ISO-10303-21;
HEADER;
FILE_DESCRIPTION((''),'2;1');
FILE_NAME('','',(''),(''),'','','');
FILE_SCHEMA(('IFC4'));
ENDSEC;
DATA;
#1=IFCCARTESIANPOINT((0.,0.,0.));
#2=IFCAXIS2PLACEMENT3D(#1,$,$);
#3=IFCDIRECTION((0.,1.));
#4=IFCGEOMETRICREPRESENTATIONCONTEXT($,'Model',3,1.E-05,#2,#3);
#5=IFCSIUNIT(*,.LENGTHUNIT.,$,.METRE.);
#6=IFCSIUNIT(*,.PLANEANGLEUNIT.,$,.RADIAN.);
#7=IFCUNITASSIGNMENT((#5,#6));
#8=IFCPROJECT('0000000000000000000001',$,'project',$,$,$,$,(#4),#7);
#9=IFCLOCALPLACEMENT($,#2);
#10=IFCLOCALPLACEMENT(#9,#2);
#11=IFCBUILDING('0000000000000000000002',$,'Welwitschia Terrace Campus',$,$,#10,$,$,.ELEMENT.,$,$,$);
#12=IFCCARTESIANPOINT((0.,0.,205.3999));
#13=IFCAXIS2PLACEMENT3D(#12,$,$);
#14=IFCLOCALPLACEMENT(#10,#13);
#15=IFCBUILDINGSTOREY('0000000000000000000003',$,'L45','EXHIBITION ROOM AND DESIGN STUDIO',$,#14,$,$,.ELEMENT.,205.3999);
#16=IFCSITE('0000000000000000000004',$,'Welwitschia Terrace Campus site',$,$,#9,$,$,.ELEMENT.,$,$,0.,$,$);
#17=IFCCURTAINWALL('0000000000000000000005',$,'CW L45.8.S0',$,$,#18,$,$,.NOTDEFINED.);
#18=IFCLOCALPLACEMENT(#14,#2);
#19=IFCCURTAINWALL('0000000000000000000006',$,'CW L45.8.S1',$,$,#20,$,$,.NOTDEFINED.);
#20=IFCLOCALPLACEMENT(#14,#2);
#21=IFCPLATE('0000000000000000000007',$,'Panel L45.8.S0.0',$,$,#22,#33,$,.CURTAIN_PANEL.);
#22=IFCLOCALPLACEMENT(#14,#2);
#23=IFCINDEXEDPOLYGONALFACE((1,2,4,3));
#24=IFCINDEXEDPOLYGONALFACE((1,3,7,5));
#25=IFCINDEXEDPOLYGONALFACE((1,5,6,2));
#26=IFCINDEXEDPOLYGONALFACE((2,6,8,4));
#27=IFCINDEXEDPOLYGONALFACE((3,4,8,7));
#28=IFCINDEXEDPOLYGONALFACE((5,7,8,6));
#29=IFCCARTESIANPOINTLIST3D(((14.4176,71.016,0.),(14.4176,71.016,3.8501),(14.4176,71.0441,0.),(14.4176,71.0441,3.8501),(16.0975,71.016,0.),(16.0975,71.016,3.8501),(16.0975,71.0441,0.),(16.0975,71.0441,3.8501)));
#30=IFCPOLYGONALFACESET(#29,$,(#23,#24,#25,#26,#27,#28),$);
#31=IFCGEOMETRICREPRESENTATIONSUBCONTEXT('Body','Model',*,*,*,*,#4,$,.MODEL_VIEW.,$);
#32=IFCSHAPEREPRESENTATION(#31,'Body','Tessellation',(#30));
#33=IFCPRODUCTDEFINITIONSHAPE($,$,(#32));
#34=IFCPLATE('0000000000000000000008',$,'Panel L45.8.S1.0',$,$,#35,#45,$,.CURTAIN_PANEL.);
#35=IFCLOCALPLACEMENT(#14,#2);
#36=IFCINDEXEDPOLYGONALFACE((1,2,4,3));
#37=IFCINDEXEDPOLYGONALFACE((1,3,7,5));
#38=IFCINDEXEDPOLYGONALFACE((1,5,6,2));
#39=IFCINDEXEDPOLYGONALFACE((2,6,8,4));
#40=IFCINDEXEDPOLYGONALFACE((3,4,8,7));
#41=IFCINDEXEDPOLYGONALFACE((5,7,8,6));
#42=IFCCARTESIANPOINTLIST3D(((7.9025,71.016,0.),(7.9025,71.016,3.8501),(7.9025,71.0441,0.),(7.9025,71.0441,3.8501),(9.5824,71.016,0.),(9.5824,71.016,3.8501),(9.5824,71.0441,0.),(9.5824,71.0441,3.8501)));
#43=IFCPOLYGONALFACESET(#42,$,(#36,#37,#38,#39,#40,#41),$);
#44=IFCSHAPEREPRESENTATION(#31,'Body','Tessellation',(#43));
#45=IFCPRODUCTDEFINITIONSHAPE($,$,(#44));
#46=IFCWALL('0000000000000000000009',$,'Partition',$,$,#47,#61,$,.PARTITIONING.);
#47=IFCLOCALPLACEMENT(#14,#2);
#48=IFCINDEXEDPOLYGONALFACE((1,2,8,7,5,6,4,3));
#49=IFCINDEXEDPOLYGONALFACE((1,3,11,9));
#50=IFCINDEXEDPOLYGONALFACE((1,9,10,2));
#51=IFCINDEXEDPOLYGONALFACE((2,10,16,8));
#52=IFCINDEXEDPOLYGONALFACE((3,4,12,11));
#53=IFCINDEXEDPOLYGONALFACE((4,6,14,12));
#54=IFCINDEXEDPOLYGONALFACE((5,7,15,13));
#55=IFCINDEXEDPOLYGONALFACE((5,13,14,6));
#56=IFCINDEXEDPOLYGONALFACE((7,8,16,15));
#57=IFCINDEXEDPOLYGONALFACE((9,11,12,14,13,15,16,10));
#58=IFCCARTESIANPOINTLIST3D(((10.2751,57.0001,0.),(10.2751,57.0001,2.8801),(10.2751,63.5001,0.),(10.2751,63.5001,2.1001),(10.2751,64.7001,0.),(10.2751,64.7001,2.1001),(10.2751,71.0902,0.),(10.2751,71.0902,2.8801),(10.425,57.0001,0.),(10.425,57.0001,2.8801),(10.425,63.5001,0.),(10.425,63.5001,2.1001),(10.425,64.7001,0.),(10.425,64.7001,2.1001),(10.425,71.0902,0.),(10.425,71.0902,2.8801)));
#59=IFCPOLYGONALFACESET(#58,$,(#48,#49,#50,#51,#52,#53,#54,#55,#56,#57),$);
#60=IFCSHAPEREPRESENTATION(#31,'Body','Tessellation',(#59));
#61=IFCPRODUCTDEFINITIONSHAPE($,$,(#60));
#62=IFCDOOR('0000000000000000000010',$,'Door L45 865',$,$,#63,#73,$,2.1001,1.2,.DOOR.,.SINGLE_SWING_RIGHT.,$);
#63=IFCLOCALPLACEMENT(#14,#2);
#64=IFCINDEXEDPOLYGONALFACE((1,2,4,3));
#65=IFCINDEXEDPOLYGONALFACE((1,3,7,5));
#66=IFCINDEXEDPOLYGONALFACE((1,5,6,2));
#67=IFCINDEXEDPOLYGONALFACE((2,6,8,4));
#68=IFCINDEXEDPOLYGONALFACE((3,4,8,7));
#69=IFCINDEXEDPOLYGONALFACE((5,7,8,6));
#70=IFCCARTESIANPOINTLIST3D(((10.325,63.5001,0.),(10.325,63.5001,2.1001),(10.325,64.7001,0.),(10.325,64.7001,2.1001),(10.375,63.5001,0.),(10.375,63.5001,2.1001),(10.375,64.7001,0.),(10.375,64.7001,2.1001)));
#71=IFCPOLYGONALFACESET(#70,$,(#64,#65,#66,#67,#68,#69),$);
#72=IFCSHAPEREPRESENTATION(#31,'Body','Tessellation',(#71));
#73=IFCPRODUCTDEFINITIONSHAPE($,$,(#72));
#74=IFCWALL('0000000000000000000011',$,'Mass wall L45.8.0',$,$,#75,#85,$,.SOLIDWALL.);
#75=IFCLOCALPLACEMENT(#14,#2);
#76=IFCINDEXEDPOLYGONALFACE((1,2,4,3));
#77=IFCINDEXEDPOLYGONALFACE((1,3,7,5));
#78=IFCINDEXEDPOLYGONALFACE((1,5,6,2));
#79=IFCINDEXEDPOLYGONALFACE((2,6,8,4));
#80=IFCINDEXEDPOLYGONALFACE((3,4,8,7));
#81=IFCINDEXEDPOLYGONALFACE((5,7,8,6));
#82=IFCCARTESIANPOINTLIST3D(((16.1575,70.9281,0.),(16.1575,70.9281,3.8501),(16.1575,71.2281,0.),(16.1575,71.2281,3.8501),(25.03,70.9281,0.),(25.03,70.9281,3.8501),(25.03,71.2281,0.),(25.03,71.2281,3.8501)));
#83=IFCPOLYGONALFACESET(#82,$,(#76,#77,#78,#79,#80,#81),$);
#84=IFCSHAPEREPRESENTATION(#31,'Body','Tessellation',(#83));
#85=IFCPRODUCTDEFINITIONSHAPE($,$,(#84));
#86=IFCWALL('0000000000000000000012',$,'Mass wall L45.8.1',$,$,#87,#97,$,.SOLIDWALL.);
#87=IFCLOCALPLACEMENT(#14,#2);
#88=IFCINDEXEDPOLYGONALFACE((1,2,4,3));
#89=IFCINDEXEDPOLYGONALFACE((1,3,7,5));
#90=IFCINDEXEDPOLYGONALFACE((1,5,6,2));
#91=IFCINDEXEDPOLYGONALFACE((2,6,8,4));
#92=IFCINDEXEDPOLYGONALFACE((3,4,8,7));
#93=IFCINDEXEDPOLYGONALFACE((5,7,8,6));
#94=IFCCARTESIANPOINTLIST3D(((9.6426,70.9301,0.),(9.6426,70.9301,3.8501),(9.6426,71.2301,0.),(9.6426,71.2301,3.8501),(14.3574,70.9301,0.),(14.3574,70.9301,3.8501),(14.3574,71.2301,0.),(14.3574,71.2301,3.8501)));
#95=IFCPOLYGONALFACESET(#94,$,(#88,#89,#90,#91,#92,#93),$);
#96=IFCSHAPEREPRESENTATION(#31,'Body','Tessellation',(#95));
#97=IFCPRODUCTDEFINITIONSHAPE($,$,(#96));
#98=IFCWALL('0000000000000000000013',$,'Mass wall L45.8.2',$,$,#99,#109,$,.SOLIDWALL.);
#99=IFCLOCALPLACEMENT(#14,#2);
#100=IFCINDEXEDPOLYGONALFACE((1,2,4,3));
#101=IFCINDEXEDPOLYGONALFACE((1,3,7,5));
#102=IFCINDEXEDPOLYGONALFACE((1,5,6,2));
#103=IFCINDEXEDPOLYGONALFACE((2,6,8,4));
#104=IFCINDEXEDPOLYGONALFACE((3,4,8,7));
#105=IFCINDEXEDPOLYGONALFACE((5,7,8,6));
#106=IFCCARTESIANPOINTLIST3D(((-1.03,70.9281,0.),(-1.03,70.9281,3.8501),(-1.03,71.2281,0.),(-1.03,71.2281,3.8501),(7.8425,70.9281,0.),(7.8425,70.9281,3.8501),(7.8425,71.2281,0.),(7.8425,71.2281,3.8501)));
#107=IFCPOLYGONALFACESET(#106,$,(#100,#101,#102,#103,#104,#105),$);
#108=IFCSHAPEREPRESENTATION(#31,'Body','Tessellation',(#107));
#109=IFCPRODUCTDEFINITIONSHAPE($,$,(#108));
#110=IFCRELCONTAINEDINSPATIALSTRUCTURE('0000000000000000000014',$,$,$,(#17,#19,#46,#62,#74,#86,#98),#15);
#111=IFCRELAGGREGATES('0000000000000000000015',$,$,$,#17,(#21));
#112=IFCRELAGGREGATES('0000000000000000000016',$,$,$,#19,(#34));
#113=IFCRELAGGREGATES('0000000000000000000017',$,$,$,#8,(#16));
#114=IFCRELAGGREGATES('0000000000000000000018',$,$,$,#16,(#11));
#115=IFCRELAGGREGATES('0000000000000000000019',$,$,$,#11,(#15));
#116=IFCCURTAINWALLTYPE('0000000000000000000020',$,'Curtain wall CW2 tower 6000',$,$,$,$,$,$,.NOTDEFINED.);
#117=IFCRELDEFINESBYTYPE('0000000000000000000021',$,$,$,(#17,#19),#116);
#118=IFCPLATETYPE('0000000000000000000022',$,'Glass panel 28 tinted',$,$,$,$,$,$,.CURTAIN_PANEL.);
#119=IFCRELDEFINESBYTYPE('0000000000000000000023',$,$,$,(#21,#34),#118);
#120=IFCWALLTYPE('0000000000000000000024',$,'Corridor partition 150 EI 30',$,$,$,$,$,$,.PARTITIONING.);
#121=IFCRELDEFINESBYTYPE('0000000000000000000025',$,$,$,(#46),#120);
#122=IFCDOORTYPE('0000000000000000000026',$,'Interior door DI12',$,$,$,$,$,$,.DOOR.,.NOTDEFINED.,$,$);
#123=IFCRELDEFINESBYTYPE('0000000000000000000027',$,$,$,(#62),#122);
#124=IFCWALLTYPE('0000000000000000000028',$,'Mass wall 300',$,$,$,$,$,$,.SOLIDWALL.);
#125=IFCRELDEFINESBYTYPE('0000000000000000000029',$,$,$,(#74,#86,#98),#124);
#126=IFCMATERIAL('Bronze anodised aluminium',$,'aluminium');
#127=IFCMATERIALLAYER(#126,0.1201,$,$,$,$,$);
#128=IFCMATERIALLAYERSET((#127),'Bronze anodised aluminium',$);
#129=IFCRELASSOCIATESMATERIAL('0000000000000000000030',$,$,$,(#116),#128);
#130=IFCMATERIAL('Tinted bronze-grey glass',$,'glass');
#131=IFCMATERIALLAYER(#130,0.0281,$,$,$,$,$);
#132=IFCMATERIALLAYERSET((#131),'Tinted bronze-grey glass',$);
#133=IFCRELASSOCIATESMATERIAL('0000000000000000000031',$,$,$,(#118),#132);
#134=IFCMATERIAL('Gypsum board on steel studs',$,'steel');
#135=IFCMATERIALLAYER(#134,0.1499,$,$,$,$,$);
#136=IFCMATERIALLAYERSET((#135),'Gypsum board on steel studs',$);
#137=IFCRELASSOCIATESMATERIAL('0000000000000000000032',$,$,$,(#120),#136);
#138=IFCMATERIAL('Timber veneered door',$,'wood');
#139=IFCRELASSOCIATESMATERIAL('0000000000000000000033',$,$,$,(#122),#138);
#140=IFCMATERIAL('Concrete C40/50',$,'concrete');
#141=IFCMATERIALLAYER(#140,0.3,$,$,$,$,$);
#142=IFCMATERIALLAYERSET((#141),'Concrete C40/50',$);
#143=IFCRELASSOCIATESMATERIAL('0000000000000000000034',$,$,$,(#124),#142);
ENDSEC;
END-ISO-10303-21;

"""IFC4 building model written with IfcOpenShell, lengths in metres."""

from ifc_helpers import new_model, si_unit, direction, frame, frame_2d, origin, origin_2d, place, context, subcontext, project, spatial, rectangle, extrude, material, layer, layer_set, type_object, element, fill, aggregate, save


model = new_model("IFC4")

# Units and contexts
model_context = context("Model", 3, precision=1e-05, world=origin(), true_north=direction((0.0, 1.0)))
body_context = subcontext(model_context, "Body", "Model", "MODEL_VIEW")
ifc_project = project(units=[si_unit("LENGTHUNIT", "METRE"), si_unit("PLANEANGLEUNIT", "RADIAN")], contexts=[model_context])

# Site, building, storey
site_placement = place(None, origin())
site = spatial("IfcSite", under=ifc_project, at=site_placement, Name="Welwitschia Terrace Campus site", CompositionType="ELEMENT", RefElevation=0.0)
building_placement = place(site_placement, origin())
building = spatial("IfcBuilding", under=site, at=building_placement, Name="Welwitschia Terrace Campus", CompositionType="ELEMENT")
storey_placement = place(building_placement, frame((0.0, 0.0, 205.3999)))
storey = spatial("IfcBuildingStorey", under=building, at=storey_placement, Name="L45", Description="EXHIBITION ROOM AND DESIGN STUDIO", CompositionType="ELEMENT", Elevation=205.3999)

# Shared definitions
ifc_material_1 = material(Name="Bronze anodised aluminium", Category="aluminium")
ifc_layer_1 = layer(ifc_material_1, 0.1201)
ifc_layer_set_1 = layer_set([ifc_layer_1], Name="Bronze anodised aluminium")
curtain_wall_type = type_object("IfcCurtainWallType", Name="Curtain wall CW2 tower 6000", PredefinedType="NOTDEFINED", material=ifc_layer_set_1)

# Curtain walls
curtain_wall_1_placement = place(storey_placement, origin())
curtain_wall_1 = element("IfcCurtainWall", 1, at=curtain_wall_1_placement, inside=storey, type_object=curtain_wall_type, Name="CW L45.8.S0", PredefinedType="NOTDEFINED")
curtain_wall_2_placement = place(storey_placement, origin())
curtain_wall_2 = element("IfcCurtainWall", 2, at=curtain_wall_2_placement, inside=storey, type_object=curtain_wall_type, Name="CW L45.8.S1", PredefinedType="NOTDEFINED")

# Plates
ifc_material_2 = material(Name="Tinted bronze-grey glass", Category="glass")
ifc_layer_2 = layer(ifc_material_2, 0.0281)
ifc_layer_set_2 = layer_set([ifc_layer_2], Name="Tinted bronze-grey glass")
plate_type = type_object("IfcPlateType", Name="Glass panel 28 tinted", PredefinedType="CURTAIN_PANEL", material=ifc_layer_set_2)
plate_1_placement = place(storey_placement, frame((15.2576, 71.03, 0.0), z_axis=(0.0, 0.0, 1.0), x_axis=(-1.0, 0.0, 0.0)))
plate_1 = element("IfcPlate", 3, at=plate_1_placement, type_object=plate_type, Name="Panel L45.8.S0.0", PredefinedType="CURTAIN_PANEL", context=body_context, shape_type="SweptSolid", body=[
    extrude(rectangle(XDim=1.6799, YDim=0.0281, at=origin_2d()), origin(), (0.0, 0.0, 1.0), 3.8501),
])
aggregate(curtain_wall_1, [plate_1])
plate_2_placement = place(storey_placement, frame((8.7424, 71.03, 0.0), z_axis=(0.0, 0.0, 1.0), x_axis=(-1.0, 0.0, 0.0)))
plate_2 = element("IfcPlate", 4, at=plate_2_placement, type_object=plate_type, Name="Panel L45.8.S1.0", PredefinedType="CURTAIN_PANEL", context=body_context, shape_type="SweptSolid", body=[
    extrude(rectangle(XDim=1.6799, YDim=0.0281, at=origin_2d()), origin(), (0.0, 0.0, 1.0), 3.8501),
])
aggregate(curtain_wall_2, [plate_2])

# Wall, opening, door
ifc_material_3 = material(Name="Gypsum board on steel studs", Category="steel")
ifc_layer_3 = layer(ifc_material_3, 0.1499)
ifc_layer_set_3 = layer_set([ifc_layer_3], Name="Gypsum board on steel studs")
wall_type_1 = type_object("IfcWallType", Name="Corridor partition 150 EI 30", PredefinedType="PARTITIONING", material=ifc_layer_set_3)
wall_1_placement = place(storey_placement, frame((10.3501, 71.0901, 0.0), z_axis=(0.0, 0.0, 1.0), x_axis=(0.0, -1.0, 0.0)))
wall_1 = element("IfcWall", 5, at=wall_1_placement, inside=storey, type_object=wall_type_1, Name="Partition", PredefinedType="PARTITIONING", context=body_context, shape_type="SweptSolid", body=[
    extrude(rectangle(XDim=14.0901, YDim=0.1499, at=frame_2d((7.0449, 0.0))), origin(), (0.0, 0.0, 1.0), 2.8801),
])
opening_placement = place(wall_1_placement, frame((6.3899, 0.0, 0.0)))
opening = element("IfcOpeningElement", 6, at=opening_placement, cuts=wall_1, PredefinedType="OPENING", context=body_context, shape_type="SweptSolid", body=[
    extrude(rectangle(XDim=1.2, YDim=2.1001, at=frame_2d((0.6001, 1.05))), frame((0.0, 0.085, 0.0), z_axis=(0.0, -1.0, 0.0), x_axis=(1.0, 0.0, 0.0)), (0.0, 0.0, 1.0), 0.1699),
])
ifc_material_4 = material(Name="Timber veneered door", Category="wood")
door_type = type_object("IfcDoorType", Name="Interior door DI12", OperationType="NOTDEFINED", PredefinedType="DOOR", material=ifc_material_4)
door_placement = place(opening_placement, origin())
door = element("IfcDoor", 7, at=door_placement, inside=storey, type_object=door_type, Name="Door L45 865", OperationType="SINGLE_SWING_RIGHT", OverallHeight=2.1001, OverallWidth=1.2, PredefinedType="DOOR", context=body_context, shape_type="SweptSolid", body=[
    extrude(rectangle(XDim=1.2, YDim=2.1001, at=frame_2d((0.6001, 1.05))), frame((0.0, 0.0249, 0.0), z_axis=(0.0, -1.0, 0.0), x_axis=(1.0, 0.0, 0.0)), (0.0, 0.0, 1.0), 0.05),
])
fill(opening, door)

# Walls
ifc_material_5 = material(Name="Concrete C40/50", Category="concrete")
ifc_layer_4 = layer(ifc_material_5, 0.3)
ifc_layer_set_4 = layer_set([ifc_layer_4], Name="Concrete C40/50")
wall_type_2 = type_object("IfcWallType", Name="Mass wall 300", PredefinedType="SOLIDWALL", material=ifc_layer_set_4)
wall_2_placement = place(storey_placement, frame((25.03, 71.0781, 0.0), z_axis=(0.0, 0.0, 1.0), x_axis=(-1.0, 0.0, 0.0)))
element("IfcWall", 8, at=wall_2_placement, inside=storey, type_object=wall_type_2, Name="Mass wall L45.8.0", PredefinedType="SOLIDWALL", context=body_context, shape_type="SweptSolid", body=[
    extrude(rectangle(XDim=8.8726, YDim=0.3, at=frame_2d((4.4363, 0.0))), origin(), (0.0, 0.0, 1.0), 3.8501),
])
wall_3_placement = place(storey_placement, frame((14.3574, 71.0801, 0.0), z_axis=(0.0, 0.0, 1.0), x_axis=(-1.0, 0.0, 0.0)))
element("IfcWall", 9, at=wall_3_placement, inside=storey, type_object=wall_type_2, Name="Mass wall L45.8.1", PredefinedType="SOLIDWALL", context=body_context, shape_type="SweptSolid", body=[
    extrude(rectangle(XDim=4.7148, YDim=0.3, at=frame_2d((2.3574, 0.0))), origin(), (0.0, 0.0, 1.0), 3.8501),
])
wall_4_placement = place(storey_placement, frame((7.8425, 71.0781, 0.0), z_axis=(0.0, 0.0, 1.0), x_axis=(-1.0, 0.0, 0.0)))
element("IfcWall", 10, at=wall_4_placement, inside=storey, type_object=wall_type_2, Name="Mass wall L45.8.2", PredefinedType="SOLIDWALL", context=body_context, shape_type="SweptSolid", body=[
    extrude(rectangle(XDim=8.8726, YDim=0.3, at=frame_2d((4.4363, 0.0))), origin(), (0.0, 0.0, 1.0), 3.8501),
])

save(model, "model.ifc")
